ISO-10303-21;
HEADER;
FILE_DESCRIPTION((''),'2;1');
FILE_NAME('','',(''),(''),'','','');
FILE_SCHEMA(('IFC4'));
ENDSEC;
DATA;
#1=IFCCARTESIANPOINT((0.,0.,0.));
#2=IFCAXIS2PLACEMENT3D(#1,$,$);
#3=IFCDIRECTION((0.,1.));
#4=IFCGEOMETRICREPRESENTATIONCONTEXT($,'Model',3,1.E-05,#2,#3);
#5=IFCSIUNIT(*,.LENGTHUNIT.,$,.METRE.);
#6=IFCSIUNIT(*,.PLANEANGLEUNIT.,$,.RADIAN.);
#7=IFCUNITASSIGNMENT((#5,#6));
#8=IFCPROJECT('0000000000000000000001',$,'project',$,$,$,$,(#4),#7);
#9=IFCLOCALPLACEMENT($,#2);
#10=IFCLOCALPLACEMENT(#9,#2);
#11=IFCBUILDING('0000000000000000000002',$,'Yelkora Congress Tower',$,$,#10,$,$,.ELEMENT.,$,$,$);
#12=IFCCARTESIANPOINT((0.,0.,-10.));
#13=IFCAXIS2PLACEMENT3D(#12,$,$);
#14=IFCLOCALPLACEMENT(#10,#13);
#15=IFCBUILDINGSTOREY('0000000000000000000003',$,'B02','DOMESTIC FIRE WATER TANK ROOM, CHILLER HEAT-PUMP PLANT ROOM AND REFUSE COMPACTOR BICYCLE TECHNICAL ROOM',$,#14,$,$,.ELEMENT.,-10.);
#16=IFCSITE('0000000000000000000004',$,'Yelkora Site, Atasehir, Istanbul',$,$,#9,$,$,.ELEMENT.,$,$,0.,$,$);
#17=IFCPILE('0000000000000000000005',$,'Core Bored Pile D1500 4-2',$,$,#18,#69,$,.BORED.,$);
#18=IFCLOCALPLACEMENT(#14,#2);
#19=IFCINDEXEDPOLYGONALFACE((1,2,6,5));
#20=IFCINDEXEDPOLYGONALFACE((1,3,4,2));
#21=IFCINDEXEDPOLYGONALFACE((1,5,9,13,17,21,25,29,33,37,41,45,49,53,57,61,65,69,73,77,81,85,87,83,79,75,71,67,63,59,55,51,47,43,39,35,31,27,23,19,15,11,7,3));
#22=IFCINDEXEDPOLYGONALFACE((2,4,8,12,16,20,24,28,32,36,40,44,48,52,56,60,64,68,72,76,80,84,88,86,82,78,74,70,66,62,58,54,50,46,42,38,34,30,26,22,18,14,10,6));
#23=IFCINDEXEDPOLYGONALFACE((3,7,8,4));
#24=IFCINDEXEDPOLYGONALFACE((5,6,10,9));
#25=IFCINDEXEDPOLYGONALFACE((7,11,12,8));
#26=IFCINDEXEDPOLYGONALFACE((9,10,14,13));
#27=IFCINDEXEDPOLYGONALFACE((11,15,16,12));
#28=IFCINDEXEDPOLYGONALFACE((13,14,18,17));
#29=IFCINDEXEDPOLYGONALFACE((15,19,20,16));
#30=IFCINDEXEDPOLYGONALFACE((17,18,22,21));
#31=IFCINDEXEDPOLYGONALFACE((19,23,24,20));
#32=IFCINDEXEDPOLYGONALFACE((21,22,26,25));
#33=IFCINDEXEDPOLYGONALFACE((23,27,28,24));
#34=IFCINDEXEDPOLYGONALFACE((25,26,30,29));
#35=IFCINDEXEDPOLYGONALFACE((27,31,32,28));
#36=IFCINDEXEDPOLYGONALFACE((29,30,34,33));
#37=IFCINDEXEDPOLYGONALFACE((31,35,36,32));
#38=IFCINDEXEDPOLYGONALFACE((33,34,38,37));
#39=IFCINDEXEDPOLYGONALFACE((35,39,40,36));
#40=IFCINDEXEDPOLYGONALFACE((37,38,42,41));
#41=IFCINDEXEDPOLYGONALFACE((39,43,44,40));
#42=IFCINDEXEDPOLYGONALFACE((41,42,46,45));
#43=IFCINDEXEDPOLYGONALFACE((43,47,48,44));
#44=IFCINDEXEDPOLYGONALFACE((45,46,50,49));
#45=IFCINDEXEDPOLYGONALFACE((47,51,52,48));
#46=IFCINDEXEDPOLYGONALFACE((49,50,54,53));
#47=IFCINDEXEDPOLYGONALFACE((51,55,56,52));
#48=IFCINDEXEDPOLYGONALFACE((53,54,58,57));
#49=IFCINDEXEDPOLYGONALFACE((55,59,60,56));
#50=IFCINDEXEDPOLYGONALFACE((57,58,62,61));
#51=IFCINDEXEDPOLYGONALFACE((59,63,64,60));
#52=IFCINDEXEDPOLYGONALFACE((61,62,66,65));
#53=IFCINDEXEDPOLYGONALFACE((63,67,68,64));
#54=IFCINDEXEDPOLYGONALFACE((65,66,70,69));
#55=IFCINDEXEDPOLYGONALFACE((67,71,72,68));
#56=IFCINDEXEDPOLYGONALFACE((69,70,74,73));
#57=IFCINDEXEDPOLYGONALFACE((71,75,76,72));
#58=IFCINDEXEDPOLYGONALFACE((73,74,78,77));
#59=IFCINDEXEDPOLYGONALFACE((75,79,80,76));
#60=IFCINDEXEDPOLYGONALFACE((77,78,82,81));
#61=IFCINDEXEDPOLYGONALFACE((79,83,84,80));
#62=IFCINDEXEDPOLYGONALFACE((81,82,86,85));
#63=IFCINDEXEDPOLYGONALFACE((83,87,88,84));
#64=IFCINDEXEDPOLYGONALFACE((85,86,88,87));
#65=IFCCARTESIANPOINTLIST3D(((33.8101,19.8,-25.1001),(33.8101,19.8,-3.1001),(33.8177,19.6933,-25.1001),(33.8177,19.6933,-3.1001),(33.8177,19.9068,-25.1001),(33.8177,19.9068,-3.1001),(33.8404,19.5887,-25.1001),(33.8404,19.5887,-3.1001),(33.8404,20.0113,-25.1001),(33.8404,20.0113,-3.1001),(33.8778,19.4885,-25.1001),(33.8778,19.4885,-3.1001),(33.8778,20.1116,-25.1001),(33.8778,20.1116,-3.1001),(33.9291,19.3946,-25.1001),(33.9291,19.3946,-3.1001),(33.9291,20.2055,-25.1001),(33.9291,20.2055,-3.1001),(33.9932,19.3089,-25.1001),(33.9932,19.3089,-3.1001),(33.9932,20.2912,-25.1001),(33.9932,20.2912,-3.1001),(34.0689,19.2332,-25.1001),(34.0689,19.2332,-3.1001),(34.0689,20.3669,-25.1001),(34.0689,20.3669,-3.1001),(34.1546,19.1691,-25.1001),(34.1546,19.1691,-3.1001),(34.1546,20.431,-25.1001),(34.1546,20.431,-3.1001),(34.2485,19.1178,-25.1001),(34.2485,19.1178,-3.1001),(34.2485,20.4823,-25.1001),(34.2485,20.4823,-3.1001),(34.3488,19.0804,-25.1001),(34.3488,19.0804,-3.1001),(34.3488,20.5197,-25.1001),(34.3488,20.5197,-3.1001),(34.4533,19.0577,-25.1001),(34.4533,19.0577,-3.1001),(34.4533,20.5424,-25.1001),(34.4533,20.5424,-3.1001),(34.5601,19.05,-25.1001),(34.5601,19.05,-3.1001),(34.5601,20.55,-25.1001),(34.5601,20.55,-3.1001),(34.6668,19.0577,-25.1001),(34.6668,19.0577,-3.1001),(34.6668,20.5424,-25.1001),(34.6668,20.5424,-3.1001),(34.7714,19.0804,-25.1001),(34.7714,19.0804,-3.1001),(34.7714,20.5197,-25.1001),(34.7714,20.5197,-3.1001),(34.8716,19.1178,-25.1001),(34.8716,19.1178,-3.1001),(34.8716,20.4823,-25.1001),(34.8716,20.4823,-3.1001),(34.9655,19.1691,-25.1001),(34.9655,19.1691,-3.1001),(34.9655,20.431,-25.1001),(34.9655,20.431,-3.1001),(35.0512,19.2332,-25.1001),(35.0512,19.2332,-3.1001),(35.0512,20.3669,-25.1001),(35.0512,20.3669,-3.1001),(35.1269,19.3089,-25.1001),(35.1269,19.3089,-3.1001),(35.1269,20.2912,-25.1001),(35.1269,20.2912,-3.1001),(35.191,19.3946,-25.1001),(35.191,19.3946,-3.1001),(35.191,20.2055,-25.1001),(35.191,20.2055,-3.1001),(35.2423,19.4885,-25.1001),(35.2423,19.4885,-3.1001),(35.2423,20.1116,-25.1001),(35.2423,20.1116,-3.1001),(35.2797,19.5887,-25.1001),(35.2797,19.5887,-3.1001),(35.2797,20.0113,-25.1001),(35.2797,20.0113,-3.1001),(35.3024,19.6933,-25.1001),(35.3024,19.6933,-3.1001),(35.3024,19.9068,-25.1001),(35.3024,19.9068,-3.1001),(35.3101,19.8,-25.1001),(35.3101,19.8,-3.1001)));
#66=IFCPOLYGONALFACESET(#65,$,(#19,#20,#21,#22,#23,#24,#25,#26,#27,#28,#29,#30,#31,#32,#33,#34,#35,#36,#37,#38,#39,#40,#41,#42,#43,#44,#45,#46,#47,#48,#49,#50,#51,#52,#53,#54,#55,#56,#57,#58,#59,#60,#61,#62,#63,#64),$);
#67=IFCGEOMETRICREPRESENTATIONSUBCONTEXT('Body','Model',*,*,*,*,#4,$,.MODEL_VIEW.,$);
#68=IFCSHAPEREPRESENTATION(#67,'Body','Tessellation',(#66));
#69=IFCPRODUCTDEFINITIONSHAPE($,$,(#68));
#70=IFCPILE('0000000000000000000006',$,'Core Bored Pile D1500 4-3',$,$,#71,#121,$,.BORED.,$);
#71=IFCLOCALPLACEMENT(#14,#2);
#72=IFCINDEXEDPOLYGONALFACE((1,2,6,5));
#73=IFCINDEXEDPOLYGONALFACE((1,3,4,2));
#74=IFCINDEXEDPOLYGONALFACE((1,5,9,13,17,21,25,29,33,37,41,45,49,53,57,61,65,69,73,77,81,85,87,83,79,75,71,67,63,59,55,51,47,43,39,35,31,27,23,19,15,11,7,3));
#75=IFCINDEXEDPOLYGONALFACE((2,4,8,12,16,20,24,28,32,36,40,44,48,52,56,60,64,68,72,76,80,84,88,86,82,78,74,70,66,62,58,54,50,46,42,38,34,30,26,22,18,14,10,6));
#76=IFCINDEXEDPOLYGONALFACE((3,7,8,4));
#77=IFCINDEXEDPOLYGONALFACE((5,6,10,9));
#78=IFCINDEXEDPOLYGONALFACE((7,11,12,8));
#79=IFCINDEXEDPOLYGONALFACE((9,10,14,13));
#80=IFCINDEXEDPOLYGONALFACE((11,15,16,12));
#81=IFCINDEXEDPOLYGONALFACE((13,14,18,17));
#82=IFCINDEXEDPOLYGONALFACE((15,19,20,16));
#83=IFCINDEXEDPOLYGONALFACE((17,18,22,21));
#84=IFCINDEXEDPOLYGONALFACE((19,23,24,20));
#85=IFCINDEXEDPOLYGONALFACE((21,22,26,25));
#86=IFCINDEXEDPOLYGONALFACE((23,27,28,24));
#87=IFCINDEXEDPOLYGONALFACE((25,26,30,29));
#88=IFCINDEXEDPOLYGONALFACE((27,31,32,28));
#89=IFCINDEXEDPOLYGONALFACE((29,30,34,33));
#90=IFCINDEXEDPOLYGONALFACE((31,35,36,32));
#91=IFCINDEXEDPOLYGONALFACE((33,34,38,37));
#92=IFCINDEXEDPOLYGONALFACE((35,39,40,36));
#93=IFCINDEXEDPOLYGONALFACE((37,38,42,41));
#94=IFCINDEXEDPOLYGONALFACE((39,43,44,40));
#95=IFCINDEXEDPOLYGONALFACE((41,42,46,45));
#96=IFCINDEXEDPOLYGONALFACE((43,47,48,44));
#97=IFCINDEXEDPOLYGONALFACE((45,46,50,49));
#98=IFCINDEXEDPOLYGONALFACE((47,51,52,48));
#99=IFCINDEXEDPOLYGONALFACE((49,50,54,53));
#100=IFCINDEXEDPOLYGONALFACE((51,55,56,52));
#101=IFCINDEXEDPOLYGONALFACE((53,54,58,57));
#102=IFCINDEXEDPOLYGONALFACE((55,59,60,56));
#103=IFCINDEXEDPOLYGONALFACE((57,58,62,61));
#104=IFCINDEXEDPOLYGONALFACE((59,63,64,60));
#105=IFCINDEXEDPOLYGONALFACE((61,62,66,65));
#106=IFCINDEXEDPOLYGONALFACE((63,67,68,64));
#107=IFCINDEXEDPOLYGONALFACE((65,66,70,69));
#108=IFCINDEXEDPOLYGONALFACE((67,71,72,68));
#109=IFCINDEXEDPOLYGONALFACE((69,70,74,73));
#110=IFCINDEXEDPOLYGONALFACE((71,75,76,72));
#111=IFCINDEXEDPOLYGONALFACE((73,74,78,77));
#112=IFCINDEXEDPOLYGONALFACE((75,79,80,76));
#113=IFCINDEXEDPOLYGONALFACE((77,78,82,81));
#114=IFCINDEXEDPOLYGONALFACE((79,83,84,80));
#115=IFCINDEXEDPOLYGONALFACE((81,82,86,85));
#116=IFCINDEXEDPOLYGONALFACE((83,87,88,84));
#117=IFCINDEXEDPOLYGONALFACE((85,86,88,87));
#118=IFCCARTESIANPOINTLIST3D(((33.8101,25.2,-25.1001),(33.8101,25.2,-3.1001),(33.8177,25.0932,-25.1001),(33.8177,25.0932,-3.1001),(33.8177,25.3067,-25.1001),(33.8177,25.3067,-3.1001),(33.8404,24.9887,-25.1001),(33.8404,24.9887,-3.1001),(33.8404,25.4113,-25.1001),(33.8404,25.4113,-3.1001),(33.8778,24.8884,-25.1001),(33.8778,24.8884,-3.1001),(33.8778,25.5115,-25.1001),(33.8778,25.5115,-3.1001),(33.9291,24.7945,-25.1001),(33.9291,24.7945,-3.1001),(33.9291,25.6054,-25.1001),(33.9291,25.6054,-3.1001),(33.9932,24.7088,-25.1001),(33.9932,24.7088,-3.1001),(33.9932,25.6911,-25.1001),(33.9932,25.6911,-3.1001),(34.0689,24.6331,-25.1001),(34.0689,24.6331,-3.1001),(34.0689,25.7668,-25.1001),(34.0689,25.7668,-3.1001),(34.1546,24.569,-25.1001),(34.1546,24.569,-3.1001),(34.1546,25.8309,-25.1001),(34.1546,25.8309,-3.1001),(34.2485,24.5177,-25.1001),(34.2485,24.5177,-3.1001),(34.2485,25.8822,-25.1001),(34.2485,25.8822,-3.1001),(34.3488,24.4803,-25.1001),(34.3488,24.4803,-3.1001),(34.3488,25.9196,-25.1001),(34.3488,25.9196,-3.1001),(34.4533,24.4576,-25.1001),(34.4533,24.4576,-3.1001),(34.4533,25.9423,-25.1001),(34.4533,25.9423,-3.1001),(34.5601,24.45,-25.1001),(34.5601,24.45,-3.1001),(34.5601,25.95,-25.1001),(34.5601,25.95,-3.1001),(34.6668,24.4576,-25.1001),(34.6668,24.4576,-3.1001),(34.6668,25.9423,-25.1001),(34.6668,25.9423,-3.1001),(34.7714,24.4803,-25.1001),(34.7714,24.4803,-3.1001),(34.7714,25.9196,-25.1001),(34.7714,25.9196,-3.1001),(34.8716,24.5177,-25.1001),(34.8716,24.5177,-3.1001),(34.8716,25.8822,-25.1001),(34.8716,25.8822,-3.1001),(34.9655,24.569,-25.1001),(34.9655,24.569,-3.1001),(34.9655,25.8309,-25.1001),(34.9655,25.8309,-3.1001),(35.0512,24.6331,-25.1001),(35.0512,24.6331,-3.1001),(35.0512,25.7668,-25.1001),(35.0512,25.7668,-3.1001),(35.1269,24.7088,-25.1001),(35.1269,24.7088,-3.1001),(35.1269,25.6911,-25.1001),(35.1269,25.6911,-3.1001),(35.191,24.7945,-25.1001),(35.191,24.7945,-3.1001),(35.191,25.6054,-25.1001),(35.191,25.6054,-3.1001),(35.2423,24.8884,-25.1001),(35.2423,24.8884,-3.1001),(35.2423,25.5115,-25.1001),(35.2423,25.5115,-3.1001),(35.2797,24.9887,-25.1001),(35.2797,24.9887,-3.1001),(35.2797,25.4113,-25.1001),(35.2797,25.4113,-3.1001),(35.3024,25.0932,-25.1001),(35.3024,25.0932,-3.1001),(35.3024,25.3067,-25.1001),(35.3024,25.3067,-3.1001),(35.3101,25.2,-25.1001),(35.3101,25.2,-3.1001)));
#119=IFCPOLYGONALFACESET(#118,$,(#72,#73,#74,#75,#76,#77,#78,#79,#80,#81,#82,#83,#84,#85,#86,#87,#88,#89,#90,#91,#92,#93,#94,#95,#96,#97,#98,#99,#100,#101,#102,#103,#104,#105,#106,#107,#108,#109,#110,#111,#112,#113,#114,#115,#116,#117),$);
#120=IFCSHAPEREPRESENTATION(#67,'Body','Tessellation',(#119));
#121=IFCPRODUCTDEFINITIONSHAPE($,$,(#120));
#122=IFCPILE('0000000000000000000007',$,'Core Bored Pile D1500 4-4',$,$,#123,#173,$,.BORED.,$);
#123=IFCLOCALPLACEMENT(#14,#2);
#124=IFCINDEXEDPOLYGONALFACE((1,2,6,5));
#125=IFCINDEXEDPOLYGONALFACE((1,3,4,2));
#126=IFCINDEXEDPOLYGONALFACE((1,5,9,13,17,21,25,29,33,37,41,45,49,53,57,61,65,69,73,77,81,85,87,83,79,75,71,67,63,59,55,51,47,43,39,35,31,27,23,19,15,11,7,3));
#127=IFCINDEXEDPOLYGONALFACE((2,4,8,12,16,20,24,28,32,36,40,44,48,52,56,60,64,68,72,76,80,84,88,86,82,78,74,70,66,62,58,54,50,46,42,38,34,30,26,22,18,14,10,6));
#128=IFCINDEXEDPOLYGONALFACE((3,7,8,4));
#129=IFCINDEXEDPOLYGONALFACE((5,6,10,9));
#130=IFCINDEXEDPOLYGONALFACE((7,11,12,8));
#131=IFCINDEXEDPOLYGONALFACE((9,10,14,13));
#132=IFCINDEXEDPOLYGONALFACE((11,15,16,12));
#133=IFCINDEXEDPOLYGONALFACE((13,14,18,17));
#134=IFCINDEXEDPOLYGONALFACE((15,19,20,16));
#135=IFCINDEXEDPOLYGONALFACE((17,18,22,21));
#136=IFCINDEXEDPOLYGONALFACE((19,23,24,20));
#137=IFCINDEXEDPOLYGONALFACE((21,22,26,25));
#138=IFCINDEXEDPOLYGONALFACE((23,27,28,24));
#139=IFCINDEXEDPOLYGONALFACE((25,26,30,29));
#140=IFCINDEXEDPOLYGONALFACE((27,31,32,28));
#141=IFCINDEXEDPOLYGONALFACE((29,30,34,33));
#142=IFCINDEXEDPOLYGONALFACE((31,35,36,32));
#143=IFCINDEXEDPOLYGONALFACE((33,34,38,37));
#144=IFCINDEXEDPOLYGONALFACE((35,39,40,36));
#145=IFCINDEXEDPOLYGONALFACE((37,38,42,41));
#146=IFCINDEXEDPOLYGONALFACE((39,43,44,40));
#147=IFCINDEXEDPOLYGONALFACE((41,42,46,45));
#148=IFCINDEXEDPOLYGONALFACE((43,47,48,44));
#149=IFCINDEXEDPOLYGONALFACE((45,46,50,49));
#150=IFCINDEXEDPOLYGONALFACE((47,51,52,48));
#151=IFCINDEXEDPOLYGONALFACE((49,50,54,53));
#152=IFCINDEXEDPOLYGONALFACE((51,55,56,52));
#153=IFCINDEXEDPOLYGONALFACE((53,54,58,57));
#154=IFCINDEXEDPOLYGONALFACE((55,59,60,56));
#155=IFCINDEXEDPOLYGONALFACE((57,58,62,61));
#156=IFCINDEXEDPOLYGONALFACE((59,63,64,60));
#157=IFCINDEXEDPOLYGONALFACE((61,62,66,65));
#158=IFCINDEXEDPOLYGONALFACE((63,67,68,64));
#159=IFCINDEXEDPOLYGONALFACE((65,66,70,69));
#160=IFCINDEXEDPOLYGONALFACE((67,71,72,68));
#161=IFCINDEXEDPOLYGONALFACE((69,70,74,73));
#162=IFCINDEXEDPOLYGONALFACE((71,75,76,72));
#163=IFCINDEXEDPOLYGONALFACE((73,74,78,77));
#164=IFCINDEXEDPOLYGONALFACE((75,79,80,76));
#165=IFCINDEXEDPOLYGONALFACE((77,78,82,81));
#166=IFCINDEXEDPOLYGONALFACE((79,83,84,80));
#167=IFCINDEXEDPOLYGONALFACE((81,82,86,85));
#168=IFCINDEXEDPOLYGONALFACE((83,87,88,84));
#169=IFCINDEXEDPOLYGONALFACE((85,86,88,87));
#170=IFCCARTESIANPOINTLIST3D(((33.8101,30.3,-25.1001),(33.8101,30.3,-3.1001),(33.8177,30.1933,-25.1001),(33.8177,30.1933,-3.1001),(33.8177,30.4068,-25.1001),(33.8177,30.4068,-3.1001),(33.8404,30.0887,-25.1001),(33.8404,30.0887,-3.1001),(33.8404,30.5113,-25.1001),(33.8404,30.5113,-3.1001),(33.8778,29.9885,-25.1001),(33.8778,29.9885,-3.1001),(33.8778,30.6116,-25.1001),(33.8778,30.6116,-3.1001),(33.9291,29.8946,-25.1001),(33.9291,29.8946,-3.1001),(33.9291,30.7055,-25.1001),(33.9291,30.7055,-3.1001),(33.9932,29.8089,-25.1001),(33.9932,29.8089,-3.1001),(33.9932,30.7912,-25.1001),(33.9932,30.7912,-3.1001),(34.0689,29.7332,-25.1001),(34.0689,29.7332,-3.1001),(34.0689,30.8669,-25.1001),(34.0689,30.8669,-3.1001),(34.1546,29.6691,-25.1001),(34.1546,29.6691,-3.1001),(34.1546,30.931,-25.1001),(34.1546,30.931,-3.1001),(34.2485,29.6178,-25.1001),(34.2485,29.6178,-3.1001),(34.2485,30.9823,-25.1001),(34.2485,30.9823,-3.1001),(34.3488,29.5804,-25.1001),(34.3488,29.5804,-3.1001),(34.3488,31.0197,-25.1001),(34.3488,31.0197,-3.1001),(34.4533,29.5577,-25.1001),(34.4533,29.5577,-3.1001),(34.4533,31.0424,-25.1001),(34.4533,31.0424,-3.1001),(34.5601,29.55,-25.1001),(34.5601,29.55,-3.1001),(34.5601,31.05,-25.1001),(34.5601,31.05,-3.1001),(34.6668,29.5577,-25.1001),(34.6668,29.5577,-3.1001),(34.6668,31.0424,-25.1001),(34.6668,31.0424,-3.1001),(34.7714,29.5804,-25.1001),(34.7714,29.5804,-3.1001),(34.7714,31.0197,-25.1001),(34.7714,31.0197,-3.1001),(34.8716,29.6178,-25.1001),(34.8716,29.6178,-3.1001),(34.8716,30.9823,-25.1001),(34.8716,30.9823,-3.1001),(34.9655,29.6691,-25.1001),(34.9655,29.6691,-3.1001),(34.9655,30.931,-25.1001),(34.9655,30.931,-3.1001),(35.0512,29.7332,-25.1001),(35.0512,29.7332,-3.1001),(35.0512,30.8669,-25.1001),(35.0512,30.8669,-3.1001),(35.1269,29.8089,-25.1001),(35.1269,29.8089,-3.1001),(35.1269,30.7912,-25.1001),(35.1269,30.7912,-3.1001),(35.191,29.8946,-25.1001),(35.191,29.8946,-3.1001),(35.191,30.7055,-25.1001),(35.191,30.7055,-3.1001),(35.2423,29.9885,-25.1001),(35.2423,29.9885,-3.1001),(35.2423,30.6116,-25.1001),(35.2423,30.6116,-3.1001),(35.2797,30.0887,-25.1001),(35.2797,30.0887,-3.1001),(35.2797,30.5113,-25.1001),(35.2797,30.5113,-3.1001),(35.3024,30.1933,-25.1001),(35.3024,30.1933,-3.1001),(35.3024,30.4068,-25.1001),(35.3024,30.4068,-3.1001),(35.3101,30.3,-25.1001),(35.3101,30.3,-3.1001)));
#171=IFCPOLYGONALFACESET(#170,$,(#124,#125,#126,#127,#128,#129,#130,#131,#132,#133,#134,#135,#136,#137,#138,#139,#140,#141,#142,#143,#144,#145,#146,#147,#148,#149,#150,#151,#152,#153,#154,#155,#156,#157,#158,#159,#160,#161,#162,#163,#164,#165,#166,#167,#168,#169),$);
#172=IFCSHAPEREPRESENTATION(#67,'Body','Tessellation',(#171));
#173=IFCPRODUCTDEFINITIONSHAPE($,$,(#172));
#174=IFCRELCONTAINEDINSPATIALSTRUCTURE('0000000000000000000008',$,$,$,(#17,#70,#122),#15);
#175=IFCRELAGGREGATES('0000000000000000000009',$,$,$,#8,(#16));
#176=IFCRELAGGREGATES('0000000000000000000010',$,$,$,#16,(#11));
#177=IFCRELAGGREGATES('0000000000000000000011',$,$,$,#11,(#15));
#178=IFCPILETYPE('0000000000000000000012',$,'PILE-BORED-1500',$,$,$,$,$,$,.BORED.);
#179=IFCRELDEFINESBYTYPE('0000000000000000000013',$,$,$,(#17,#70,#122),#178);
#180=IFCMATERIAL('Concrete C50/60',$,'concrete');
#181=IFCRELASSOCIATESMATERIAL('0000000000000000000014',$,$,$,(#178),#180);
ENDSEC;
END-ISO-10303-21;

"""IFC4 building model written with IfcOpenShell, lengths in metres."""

from ifc_helpers import new_model, si_unit, direction, frame, origin, origin_2d, place, context, subcontext, project, spatial, circle, extrude, material, material_profile, profile_set, type_object, element, save


model = new_model("IFC4")

# Units and contexts
model_context = context("Model", 3, precision=1e-05, world=origin(), true_north=direction((0.0, 1.0)))
body_context = subcontext(model_context, "Body", "Model", "MODEL_VIEW")
ifc_project = project(units=[si_unit("LENGTHUNIT", "METRE"), si_unit("PLANEANGLEUNIT", "RADIAN")], contexts=[model_context])

# Site, building, storey
site_placement = place(None, origin())
site = spatial("IfcSite", under=ifc_project, at=site_placement, Name="Yelkora Site, Atasehir, Istanbul", CompositionType="ELEMENT", RefElevation=0.0)
building_placement = place(site_placement, origin())
building = spatial("IfcBuilding", under=site, at=building_placement, Name="Yelkora Congress Tower", CompositionType="ELEMENT")
storey_placement = place(building_placement, frame((0.0, 0.0, -10.0)))
storey = spatial("IfcBuildingStorey", under=building, at=storey_placement, Name="B02", Description="DOMESTIC FIRE WATER TANK ROOM, CHILLER HEAT-PUMP PLANT ROOM AND REFUSE COMPACTOR BICYCLE TECHNICAL ROOM", CompositionType="ELEMENT", Elevation=-10.0)

# Piles
ifc_material_1 = material(Name="Concrete C50/60", Category="concrete")
ifc_material_profile_1 = material_profile(ifc_material_1, circle(Radius=0.75, at=origin_2d()), Name="PILE D1500")
ifc_profile_set_1 = profile_set([ifc_material_profile_1], Name="Concrete C50/60")
pile_type = type_object("IfcPileType", Name="PILE-BORED-1500", PredefinedType="BORED", material=ifc_profile_set_1)
for number, where, z_axis, x_axis, name in (
    (1, (34.5601, 19.8, -3.1001), (0.0, 0.0, -1.0), (1.0, 0.0, 0.0), "Core Bored Pile D1500 4-2"),
    (2, (34.5601, 25.2, -3.1001), (0.0, 0.0, -1.0), (1.0, 0.0, 0.0), "Core Bored Pile D1500 4-3"),
    (3, (34.5601, 30.3, -3.1001), (0.0, 0.0, -1.0), (1.0, 0.0, 0.0), "Core Bored Pile D1500 4-4"),
):
    element("IfcPile", number, at=place(storey_placement, frame(where, z_axis=z_axis, x_axis=x_axis)), inside=storey, type_object=pile_type, Name=name, PredefinedType="BORED", context=body_context, shape_type="SweptSolid", body=[
        extrude(circle(Radius=0.75, at=origin_2d()), origin(), (0.0, 0.0, 1.0), 22.0),
    ])

save(model, "model.ifc")
